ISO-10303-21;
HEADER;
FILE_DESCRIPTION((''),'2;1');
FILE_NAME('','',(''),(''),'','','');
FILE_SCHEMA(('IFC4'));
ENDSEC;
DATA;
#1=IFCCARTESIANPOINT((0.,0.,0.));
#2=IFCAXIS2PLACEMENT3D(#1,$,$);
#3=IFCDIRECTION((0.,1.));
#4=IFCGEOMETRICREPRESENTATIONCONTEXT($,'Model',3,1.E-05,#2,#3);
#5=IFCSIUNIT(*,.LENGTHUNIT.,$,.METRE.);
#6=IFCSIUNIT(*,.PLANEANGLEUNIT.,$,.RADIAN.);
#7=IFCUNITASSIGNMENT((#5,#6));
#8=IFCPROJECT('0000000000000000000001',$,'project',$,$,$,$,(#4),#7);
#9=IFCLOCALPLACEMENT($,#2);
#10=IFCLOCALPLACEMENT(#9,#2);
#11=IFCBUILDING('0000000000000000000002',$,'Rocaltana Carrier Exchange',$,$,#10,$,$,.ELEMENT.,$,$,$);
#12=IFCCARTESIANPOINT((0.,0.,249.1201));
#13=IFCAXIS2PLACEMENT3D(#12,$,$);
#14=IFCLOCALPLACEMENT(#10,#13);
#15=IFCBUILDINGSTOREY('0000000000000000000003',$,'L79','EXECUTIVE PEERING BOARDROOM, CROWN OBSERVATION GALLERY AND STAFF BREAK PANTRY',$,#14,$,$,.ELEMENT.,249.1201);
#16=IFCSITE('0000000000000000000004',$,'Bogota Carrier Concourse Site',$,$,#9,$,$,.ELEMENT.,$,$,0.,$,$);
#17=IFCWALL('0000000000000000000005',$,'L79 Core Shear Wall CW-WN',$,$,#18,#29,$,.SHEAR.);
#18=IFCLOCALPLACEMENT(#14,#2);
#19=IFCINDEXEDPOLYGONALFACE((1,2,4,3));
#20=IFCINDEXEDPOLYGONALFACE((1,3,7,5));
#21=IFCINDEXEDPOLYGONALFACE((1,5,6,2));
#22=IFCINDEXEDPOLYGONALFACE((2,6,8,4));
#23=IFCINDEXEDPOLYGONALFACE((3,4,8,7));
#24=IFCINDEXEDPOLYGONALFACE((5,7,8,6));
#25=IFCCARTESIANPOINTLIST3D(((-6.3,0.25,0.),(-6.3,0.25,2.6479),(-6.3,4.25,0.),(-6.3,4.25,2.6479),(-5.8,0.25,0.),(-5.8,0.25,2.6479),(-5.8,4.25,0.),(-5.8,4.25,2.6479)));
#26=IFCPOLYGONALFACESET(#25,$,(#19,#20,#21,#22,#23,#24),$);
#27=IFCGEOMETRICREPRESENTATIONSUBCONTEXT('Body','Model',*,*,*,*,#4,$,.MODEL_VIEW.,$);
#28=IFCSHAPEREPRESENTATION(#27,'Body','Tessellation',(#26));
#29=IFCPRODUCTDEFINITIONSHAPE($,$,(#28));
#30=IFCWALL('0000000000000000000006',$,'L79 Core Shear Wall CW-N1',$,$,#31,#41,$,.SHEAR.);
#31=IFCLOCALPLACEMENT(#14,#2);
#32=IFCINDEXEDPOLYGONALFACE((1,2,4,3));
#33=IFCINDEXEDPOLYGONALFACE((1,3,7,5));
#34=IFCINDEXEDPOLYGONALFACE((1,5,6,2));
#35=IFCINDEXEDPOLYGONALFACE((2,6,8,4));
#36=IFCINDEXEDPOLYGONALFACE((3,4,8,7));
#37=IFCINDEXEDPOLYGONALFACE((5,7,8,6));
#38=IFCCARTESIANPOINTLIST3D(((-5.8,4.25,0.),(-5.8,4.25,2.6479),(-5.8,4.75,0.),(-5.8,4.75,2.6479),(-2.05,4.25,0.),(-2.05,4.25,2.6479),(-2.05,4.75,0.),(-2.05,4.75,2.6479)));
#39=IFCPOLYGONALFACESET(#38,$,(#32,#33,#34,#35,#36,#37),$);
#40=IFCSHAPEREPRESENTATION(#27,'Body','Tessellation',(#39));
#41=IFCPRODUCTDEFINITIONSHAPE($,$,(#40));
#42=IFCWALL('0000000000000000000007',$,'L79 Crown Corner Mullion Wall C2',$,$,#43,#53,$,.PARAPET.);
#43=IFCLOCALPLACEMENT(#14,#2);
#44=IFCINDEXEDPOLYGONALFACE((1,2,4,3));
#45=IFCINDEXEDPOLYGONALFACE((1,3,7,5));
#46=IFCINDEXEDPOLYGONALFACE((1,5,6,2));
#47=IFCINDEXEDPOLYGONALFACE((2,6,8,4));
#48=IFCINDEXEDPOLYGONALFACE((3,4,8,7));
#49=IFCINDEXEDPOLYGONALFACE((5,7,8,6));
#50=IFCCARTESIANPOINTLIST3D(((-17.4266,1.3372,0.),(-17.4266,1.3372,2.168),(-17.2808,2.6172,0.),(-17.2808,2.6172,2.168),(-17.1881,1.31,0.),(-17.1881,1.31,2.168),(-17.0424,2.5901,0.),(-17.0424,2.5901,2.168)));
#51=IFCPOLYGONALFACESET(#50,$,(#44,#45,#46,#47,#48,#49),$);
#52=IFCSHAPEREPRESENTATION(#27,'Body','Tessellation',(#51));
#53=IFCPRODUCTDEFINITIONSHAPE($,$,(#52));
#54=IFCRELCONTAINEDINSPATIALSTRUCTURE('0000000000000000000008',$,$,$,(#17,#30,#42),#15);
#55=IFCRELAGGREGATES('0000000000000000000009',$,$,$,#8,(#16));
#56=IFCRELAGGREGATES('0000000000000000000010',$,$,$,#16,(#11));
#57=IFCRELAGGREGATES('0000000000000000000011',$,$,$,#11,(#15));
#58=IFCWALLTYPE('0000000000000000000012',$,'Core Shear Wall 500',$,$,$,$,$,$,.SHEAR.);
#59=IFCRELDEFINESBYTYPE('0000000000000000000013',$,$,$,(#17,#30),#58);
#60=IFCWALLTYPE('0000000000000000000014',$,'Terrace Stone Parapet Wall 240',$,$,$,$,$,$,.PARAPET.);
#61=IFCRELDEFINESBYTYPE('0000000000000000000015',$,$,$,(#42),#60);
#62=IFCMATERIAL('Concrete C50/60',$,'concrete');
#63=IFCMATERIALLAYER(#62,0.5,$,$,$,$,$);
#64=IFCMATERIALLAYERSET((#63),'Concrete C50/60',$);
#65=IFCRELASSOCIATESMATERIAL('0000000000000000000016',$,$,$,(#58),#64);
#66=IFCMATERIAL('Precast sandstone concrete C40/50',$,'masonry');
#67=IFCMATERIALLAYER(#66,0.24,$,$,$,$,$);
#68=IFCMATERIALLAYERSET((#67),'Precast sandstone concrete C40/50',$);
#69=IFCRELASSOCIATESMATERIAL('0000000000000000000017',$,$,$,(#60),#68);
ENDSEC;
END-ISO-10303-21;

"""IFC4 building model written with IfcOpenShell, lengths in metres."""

from ifc_helpers import new_model, si_unit, direction, frame, frame_2d, origin, place, context, subcontext, project, spatial, rectangle, extrude, material, layer, layer_set, type_object, element, save


model = new_model("IFC4")

# Units and contexts
model_context = context("Model", 3, precision=1e-05, world=origin(), true_north=direction((0.0, 1.0)))
body_context = subcontext(model_context, "Body", "Model", "MODEL_VIEW")
ifc_project = project(units=[si_unit("LENGTHUNIT", "METRE"), si_unit("PLANEANGLEUNIT", "RADIAN")], contexts=[model_context])

# Site, building, storey
site_placement = place(None, origin())
site = spatial("IfcSite", under=ifc_project, at=site_placement, Name="Bogota Carrier Concourse Site", CompositionType="ELEMENT", RefElevation=0.0)
building_placement = place(site_placement, origin())
building = spatial("IfcBuilding", under=site, at=building_placement, Name="Rocaltana Carrier Exchange", CompositionType="ELEMENT")
storey_placement = place(building_placement, frame((0.0, 0.0, 249.1201)))
storey = spatial("IfcBuildingStorey", under=building, at=storey_placement, Name="L79", Description="EXECUTIVE PEERING BOARDROOM, CROWN OBSERVATION GALLERY AND STAFF BREAK PANTRY", CompositionType="ELEMENT", Elevation=249.1201)

# Walls
ifc_material_1 = material(Name="Concrete C50/60", Category="concrete")
ifc_layer_1 = layer(ifc_material_1, 0.5)
ifc_layer_set_1 = layer_set([ifc_layer_1], Name="Concrete C50/60")
wall_type_1 = type_object("IfcWallType", Name="Core Shear Wall 500", PredefinedType="SHEAR", material=ifc_layer_set_1)
wall_1_placement = place(storey_placement, frame((-6.05, 0.25, 0.0), z_axis=(0.0, 0.0, 1.0), x_axis=(0.0, 1.0, 0.0)))
element("IfcWall", 1, at=wall_1_placement, inside=storey, type_object=wall_type_1, Name="L79 Core Shear Wall CW-WN", PredefinedType="SHEAR", context=body_context, shape_type="SweptSolid", body=[
    extrude(rectangle(XDim=4.0, YDim=0.5, at=frame_2d((2.0, 0.0))), origin(), (0.0, 0.0, 1.0), 2.6479),
])
wall_2_placement = place(storey_placement, frame((-5.8, 4.5, 0.0), z_axis=(0.0, 0.0, 1.0), x_axis=(1.0, 0.0, 0.0)))
element("IfcWall", 2, at=wall_2_placement, inside=storey, type_object=wall_type_1, Name="L79 Core Shear Wall CW-N1", PredefinedType="SHEAR", context=body_context, shape_type="SweptSolid", body=[
    extrude(rectangle(XDim=3.75, YDim=0.5, at=frame_2d((1.875, 0.0))), origin(), (0.0, 0.0, 1.0), 2.6479),
])
ifc_material_2 = material(Name="Precast sandstone concrete C40/50", Category="masonry")
ifc_layer_2 = layer(ifc_material_2, 0.24)
ifc_layer_set_2 = layer_set([ifc_layer_2], Name="Precast sandstone concrete C40/50")
wall_type_2 = type_object("IfcWallType", Name="Terrace Stone Parapet Wall 240", PredefinedType="PARAPET", material=ifc_layer_set_2)
wall_3_placement = place(storey_placement, frame((-17.1616, 2.6035, 0.0), z_axis=(0.0, 0.0, 1.0), x_axis=(-0.113135, -0.99358, 0.0)))
element("IfcWall", 3, at=wall_3_placement, inside=storey, type_object=wall_type_2, Name="L79 Crown Corner Mullion Wall C2", PredefinedType="PARAPET", context=body_context, shape_type="SweptSolid", body=[
    extrude(rectangle(XDim=1.2883, YDim=0.24, at=frame_2d((0.644, 0.0))), origin(), (0.0, 0.0, 1.0), 2.168),
])

save(model, "model.ifc")
